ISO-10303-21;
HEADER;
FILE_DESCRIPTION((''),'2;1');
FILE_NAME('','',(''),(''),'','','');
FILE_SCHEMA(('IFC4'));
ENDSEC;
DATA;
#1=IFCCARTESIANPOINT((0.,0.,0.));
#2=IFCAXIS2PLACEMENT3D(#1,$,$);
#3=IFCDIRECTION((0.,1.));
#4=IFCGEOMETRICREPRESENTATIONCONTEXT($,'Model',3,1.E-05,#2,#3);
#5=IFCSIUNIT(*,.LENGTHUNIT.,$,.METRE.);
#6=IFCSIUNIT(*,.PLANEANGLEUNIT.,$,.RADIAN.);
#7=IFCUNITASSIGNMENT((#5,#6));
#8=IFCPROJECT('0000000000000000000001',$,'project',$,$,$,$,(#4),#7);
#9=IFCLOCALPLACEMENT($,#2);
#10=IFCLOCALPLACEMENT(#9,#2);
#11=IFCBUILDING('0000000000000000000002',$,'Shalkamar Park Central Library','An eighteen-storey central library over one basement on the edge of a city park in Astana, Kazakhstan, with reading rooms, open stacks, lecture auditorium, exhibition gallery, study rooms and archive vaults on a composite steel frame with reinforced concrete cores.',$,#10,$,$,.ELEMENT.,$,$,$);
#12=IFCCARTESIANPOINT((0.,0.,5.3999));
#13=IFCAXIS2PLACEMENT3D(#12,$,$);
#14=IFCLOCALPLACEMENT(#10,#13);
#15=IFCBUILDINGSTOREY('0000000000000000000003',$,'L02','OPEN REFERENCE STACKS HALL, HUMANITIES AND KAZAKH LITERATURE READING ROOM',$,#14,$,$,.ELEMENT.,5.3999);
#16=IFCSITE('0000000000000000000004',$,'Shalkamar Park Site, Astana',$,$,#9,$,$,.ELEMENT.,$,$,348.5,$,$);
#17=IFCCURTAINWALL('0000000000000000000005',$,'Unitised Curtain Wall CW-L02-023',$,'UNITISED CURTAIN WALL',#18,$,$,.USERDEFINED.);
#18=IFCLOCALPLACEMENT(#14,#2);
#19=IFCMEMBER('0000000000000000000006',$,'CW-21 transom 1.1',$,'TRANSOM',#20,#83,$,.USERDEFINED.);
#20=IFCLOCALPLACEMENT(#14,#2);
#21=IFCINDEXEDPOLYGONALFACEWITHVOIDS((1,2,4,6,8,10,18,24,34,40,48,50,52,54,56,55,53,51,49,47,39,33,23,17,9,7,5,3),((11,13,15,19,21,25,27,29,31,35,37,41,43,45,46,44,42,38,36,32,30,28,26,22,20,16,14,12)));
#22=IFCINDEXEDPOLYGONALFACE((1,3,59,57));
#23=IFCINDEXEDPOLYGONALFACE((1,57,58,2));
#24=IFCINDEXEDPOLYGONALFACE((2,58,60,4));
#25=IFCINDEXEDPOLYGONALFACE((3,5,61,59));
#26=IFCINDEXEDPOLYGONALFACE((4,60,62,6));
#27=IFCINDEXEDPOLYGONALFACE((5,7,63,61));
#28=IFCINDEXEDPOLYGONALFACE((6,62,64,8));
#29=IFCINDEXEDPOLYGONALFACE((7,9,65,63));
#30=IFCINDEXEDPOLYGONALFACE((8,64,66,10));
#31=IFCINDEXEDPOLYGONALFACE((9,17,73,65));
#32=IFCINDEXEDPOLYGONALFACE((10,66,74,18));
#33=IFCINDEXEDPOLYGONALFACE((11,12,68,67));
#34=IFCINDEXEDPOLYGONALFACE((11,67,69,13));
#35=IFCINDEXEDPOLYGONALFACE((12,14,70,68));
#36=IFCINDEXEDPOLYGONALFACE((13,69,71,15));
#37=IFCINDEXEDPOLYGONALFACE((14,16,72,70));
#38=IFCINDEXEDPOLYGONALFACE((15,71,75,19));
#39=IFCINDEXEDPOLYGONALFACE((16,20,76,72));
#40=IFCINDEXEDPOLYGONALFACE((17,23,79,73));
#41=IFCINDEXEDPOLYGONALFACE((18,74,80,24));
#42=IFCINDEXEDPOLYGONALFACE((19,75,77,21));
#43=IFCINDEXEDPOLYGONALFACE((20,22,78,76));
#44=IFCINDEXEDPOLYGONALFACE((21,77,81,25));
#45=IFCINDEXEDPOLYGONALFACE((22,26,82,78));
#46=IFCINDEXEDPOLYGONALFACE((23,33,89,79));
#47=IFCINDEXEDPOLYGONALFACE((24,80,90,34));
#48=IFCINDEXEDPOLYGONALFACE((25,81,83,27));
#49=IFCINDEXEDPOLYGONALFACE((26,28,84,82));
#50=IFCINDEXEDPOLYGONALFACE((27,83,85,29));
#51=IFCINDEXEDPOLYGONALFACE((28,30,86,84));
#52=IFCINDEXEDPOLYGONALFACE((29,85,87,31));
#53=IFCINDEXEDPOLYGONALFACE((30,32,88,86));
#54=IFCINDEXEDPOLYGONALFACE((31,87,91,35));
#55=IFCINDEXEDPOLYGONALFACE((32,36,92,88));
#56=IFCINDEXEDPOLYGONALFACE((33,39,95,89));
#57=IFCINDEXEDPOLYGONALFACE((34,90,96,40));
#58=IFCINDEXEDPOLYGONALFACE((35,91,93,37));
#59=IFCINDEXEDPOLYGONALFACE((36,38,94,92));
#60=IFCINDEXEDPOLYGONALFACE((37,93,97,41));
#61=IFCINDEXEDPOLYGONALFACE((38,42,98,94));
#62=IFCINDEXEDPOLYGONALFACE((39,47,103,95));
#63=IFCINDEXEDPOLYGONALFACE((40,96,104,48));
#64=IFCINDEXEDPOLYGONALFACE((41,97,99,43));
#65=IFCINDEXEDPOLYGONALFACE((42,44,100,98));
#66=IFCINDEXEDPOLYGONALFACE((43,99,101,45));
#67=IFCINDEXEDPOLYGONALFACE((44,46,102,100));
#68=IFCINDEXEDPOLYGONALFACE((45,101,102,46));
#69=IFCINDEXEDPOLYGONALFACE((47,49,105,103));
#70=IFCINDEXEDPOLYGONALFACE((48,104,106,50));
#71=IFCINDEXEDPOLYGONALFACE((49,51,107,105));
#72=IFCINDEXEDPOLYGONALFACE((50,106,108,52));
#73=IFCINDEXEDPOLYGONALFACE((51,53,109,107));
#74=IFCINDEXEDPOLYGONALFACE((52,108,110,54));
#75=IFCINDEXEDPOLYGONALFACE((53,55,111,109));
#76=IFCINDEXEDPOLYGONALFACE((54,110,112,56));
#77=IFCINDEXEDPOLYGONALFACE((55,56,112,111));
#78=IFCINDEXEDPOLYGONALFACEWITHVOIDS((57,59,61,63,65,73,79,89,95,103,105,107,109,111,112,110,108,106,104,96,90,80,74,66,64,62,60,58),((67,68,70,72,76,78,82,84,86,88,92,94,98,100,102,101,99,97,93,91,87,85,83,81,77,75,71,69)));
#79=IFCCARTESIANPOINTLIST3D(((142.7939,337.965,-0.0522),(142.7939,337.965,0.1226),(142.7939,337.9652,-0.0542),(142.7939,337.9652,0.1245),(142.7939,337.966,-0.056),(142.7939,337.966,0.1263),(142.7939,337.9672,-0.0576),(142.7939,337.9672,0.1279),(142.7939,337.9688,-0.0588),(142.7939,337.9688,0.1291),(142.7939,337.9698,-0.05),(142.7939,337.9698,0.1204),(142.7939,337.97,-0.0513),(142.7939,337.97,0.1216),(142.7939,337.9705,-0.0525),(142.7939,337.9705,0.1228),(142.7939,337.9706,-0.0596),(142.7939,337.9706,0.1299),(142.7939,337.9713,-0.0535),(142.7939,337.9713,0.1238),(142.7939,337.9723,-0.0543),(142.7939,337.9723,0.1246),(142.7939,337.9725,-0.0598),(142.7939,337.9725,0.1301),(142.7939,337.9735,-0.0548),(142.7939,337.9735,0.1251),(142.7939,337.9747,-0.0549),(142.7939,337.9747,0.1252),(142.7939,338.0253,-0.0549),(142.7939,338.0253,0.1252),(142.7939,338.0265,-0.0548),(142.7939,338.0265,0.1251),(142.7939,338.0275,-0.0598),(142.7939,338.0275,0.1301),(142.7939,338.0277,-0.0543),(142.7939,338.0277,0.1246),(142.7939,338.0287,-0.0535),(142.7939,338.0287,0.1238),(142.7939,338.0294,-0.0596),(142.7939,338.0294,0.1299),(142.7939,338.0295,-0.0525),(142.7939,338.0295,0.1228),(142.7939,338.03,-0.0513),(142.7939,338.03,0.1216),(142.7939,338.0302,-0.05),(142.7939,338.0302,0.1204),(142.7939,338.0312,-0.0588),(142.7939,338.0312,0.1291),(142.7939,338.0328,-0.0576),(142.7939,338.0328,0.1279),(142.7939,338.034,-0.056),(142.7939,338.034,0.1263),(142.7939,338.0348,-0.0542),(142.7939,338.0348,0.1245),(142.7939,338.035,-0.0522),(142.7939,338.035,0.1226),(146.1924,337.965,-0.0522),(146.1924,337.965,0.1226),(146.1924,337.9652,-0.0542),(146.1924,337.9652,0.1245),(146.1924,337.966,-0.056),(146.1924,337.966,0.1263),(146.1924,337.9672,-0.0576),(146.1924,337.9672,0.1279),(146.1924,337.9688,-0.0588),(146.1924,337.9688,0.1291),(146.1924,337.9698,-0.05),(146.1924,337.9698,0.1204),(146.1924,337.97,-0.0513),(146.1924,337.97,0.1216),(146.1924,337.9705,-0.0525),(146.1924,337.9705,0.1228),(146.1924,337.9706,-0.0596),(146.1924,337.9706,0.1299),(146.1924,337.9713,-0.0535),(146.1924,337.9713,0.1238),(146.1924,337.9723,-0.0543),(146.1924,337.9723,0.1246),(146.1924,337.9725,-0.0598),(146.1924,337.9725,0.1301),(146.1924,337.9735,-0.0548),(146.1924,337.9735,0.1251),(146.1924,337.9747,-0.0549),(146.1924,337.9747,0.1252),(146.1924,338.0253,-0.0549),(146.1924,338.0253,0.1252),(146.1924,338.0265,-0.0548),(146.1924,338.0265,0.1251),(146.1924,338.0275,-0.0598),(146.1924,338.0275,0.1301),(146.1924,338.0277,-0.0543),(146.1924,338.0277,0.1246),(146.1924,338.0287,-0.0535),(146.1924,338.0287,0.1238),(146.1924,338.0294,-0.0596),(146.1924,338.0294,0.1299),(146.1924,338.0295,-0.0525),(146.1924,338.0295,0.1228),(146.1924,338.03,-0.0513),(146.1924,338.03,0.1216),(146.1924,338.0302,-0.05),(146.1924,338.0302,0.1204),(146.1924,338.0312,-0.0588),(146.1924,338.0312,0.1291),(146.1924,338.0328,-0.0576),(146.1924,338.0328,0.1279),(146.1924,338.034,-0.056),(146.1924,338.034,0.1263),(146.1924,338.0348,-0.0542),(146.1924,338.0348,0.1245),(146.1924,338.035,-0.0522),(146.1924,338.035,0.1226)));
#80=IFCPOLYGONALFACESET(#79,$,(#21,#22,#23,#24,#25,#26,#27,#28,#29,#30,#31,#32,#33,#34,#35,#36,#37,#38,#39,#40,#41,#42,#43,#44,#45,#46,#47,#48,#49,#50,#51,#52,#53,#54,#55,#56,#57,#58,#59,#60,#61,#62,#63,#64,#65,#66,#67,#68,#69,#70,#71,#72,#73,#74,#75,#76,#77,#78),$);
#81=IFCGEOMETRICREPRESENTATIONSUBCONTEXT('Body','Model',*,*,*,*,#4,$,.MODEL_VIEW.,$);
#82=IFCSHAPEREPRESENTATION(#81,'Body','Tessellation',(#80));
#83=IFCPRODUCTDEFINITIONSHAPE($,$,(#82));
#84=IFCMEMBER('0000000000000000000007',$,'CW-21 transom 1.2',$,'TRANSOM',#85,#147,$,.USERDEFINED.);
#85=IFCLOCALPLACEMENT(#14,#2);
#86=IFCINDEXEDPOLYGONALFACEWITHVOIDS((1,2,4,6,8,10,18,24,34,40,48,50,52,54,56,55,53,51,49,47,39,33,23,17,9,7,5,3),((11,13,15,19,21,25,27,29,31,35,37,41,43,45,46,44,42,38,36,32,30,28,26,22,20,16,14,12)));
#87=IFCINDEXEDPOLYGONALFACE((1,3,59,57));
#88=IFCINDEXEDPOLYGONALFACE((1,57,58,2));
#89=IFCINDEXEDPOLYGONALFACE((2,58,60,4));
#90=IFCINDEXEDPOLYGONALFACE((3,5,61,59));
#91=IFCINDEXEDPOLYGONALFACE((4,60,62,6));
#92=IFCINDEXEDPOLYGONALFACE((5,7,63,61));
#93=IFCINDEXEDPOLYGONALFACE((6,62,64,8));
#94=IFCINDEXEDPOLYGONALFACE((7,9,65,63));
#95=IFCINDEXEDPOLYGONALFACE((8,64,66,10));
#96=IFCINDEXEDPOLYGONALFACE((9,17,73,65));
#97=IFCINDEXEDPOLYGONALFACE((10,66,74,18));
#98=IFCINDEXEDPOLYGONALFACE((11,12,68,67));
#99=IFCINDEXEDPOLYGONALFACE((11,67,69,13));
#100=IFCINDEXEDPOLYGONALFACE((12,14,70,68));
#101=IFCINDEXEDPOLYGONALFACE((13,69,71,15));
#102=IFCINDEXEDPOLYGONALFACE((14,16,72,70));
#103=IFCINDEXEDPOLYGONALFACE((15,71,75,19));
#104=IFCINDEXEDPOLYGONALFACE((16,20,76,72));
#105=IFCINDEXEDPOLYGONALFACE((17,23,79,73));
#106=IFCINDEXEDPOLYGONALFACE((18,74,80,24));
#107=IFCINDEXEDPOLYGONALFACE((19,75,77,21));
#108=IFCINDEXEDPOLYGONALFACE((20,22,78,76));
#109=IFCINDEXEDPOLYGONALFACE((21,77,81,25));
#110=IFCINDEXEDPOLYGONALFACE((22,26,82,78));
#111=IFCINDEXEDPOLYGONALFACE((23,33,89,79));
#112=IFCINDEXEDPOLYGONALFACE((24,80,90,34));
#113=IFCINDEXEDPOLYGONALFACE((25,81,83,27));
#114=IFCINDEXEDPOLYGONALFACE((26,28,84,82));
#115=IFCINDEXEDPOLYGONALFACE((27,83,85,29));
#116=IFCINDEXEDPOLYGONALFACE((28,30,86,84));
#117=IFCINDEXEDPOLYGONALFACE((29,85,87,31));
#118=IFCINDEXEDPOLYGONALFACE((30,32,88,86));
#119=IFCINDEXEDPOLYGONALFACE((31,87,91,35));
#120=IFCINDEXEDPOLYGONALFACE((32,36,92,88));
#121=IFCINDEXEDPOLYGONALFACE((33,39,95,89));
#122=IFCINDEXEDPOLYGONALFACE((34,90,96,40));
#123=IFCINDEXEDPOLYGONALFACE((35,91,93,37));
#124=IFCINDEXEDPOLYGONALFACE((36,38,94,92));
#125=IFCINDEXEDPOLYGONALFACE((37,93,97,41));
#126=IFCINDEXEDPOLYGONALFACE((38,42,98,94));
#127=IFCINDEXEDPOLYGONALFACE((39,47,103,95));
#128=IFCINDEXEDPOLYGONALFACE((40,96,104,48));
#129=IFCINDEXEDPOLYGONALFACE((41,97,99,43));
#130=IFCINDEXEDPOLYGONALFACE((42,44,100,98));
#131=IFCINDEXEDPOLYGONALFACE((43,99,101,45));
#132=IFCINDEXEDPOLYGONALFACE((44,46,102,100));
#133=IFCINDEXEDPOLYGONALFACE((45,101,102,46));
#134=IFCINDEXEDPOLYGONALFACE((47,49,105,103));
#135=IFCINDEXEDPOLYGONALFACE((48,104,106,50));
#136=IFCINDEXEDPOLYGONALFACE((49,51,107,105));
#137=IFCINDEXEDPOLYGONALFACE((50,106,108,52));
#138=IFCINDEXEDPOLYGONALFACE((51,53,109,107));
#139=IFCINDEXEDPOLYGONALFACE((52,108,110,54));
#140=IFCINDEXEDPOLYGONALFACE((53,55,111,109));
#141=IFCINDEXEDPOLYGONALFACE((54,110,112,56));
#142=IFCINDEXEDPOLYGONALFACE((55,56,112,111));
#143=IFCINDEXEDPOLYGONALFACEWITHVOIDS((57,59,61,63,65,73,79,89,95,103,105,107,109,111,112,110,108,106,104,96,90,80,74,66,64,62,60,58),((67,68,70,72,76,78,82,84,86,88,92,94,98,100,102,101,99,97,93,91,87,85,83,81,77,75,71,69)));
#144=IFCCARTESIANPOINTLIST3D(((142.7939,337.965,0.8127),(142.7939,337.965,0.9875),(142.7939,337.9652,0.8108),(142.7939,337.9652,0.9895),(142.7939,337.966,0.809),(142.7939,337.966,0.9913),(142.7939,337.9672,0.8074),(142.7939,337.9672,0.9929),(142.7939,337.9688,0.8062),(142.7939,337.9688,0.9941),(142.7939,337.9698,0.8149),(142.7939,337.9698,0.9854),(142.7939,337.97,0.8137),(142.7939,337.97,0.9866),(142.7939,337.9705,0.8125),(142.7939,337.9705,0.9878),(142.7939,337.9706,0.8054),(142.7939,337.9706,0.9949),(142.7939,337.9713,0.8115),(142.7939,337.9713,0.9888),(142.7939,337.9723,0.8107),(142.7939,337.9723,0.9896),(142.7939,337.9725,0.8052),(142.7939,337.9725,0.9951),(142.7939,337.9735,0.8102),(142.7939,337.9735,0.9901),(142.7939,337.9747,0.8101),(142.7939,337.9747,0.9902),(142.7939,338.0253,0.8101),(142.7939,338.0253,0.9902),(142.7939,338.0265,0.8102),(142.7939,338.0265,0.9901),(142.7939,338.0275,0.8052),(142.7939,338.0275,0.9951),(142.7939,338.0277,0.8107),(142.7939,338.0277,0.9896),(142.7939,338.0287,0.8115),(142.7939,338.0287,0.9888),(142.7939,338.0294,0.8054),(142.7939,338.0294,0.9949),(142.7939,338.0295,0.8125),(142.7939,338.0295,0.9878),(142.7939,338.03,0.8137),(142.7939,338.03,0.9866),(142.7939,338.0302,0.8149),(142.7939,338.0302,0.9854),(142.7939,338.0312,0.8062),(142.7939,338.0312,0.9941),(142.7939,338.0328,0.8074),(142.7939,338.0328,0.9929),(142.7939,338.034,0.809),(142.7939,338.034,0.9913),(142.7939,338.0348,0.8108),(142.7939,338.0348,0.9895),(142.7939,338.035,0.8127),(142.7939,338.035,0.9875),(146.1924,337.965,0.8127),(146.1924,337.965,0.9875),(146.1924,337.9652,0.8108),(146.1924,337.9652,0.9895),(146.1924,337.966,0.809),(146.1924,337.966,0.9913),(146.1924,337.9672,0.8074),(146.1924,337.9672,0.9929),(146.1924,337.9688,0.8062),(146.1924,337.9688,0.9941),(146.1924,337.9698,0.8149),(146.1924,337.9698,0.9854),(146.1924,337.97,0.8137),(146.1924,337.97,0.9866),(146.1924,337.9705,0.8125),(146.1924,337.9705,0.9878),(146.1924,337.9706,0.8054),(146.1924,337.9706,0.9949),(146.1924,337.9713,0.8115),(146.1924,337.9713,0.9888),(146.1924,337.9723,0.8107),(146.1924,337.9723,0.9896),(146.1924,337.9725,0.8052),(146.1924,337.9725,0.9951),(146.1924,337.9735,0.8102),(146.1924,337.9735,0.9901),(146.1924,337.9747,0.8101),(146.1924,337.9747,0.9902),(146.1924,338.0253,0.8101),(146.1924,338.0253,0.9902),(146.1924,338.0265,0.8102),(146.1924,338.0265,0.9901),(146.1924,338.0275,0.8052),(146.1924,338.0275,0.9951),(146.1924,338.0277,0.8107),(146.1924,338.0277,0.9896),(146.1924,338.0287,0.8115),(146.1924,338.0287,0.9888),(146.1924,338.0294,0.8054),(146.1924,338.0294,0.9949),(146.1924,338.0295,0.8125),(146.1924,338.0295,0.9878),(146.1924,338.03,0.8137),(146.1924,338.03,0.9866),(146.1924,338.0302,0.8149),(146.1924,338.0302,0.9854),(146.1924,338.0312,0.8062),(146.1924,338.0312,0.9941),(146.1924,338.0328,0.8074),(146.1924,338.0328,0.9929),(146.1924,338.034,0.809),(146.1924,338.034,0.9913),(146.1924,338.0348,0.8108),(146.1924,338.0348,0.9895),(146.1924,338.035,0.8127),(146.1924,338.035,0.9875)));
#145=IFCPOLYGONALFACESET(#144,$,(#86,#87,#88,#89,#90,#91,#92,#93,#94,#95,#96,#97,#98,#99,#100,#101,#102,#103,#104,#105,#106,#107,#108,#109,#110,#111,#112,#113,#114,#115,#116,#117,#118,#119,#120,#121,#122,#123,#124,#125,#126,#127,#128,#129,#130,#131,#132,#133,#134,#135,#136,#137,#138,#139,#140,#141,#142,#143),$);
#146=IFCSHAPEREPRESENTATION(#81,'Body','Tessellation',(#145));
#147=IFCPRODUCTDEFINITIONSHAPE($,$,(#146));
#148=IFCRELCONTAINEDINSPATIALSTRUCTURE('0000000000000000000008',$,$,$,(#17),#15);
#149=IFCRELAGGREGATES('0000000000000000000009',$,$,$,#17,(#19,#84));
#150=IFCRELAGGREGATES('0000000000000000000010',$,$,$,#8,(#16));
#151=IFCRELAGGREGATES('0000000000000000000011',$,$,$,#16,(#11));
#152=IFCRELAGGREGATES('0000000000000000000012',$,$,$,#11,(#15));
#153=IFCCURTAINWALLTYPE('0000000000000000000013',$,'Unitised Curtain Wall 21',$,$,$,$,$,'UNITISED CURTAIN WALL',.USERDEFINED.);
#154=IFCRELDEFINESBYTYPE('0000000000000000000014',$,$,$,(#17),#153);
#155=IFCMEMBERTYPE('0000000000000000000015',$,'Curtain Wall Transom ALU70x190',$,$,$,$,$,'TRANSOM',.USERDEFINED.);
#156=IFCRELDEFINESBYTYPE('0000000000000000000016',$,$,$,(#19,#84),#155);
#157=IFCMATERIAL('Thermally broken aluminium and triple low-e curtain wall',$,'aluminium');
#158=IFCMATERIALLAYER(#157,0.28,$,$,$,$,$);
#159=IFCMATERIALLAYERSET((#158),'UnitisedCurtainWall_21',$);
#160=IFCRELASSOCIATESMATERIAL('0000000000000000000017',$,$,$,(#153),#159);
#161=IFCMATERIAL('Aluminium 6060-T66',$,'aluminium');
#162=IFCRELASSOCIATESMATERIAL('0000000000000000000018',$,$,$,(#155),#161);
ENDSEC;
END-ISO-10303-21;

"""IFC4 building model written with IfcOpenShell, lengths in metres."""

from ifc_helpers import new_model, si_unit, direction, frame, origin, origin_2d, place, context, subcontext, project, spatial, hollow_rectangle, extrude, material, layer, layer_set, material_profile, profile_set, type_object, element, aggregate, save


model = new_model("IFC4")

# Units and contexts
model_context = context("Model", 3, precision=1e-05, world=origin(), true_north=direction((0.0, 1.0)))
body_context = subcontext(model_context, "Body", "Model", "MODEL_VIEW")
ifc_project = project(units=[si_unit("LENGTHUNIT", "METRE"), si_unit("PLANEANGLEUNIT", "RADIAN")], contexts=[model_context])

# Site, building, storey
site_placement = place(None, origin())
site = spatial("IfcSite", under=ifc_project, at=site_placement, Name="Shalkamar Park Site, Astana", CompositionType="ELEMENT", RefElevation=348.5)
building_placement = place(site_placement, origin())
building = spatial("IfcBuilding", under=site, at=building_placement, Name="Shalkamar Park Central Library", Description="An eighteen-storey central library over one basement on the edge of a city park in Astana, Kazakhstan, with reading rooms, open stacks, lecture auditorium, exhibition gallery, study rooms and archive vaults on a composite steel frame with reinforced concrete cores.", CompositionType="ELEMENT")
storey_placement = place(building_placement, frame((0.0, 0.0, 5.3999)))
storey = spatial("IfcBuildingStorey", under=building, at=storey_placement, Name="L02", Description="OPEN REFERENCE STACKS HALL, HUMANITIES AND KAZAKH LITERATURE READING ROOM", CompositionType="ELEMENT", Elevation=5.3999)

# Curtain wall
ifc_material_1 = material(Name="Thermally broken aluminium and triple low-e curtain wall", Category="aluminium")
ifc_material_2 = material(Name="Aluminium 6060-T66", Category="aluminium")
ifc_layer_1 = layer(ifc_material_1, 0.28)
ifc_layer_set_1 = layer_set([ifc_layer_1], Name="UnitisedCurtainWall_21")
curtain_wall_type_1 = type_object("IfcCurtainWallType", Name="Unitised Curtain Wall 21", ElementType="UNITISED CURTAIN WALL", PredefinedType="USERDEFINED", material=ifc_layer_set_1)
curtain_wall_1_placement = place(storey_placement, origin())
curtain_wall_1 = element("IfcCurtainWall", 1, at=curtain_wall_1_placement, inside=storey, type_object=curtain_wall_type_1, Name="Unitised Curtain Wall CW-L02-023", ObjectType="UNITISED CURTAIN WALL", PredefinedType="USERDEFINED")

# Members
ifc_material_profile_1 = material_profile(ifc_material_2, hollow_rectangle(XDim=0.0701, YDim=0.1899, WallThickness=0.0049, InnerFilletRadius=0.0049, OuterFilletRadius=0.0076, at=origin_2d()), Name="ALU 70x190x5")
ifc_profile_set_1 = profile_set([ifc_material_profile_1], Name="Aluminium 6060-T66")
member_type_1 = type_object("IfcMemberType", Name="Curtain Wall Transom ALU70x190", ElementType="TRANSOM", PredefinedType="USERDEFINED", material=ifc_profile_set_1)
member_1_placement = place(storey_placement, frame((142.7939, 338.0, 0.0352), z_axis=(1.0, 0.0, 0.0), x_axis=(0.0, 1.0, 0.0)))
member_1 = element("IfcMember", 2, at=member_1_placement, type_object=member_type_1, Name="CW-21 transom 1.1", ObjectType="TRANSOM", PredefinedType="USERDEFINED", context=body_context, shape_type="SweptSolid", body=[
    extrude(hollow_rectangle(XDim=0.0701, YDim=0.1899, WallThickness=0.0049, InnerFilletRadius=0.0049, OuterFilletRadius=0.0076, at=origin_2d()), origin(), (0.0, 0.0, 1.0), 3.3984),
])
member_2_placement = place(storey_placement, frame((142.7939, 338.0, 0.9001), z_axis=(1.0, 0.0, 0.0), x_axis=(0.0, 1.0, 0.0)))
member_2 = element("IfcMember", 3, at=member_2_placement, type_object=member_type_1, Name="CW-21 transom 1.2", ObjectType="TRANSOM", PredefinedType="USERDEFINED", context=body_context, shape_type="SweptSolid", body=[
    extrude(hollow_rectangle(XDim=0.0701, YDim=0.1899, WallThickness=0.0049, InnerFilletRadius=0.0049, OuterFilletRadius=0.0076, at=origin_2d()), origin(), (0.0, 0.0, 1.0), 3.3984),
])

aggregate(curtain_wall_1, [member_1, member_2])

save(model, "model.ifc")
